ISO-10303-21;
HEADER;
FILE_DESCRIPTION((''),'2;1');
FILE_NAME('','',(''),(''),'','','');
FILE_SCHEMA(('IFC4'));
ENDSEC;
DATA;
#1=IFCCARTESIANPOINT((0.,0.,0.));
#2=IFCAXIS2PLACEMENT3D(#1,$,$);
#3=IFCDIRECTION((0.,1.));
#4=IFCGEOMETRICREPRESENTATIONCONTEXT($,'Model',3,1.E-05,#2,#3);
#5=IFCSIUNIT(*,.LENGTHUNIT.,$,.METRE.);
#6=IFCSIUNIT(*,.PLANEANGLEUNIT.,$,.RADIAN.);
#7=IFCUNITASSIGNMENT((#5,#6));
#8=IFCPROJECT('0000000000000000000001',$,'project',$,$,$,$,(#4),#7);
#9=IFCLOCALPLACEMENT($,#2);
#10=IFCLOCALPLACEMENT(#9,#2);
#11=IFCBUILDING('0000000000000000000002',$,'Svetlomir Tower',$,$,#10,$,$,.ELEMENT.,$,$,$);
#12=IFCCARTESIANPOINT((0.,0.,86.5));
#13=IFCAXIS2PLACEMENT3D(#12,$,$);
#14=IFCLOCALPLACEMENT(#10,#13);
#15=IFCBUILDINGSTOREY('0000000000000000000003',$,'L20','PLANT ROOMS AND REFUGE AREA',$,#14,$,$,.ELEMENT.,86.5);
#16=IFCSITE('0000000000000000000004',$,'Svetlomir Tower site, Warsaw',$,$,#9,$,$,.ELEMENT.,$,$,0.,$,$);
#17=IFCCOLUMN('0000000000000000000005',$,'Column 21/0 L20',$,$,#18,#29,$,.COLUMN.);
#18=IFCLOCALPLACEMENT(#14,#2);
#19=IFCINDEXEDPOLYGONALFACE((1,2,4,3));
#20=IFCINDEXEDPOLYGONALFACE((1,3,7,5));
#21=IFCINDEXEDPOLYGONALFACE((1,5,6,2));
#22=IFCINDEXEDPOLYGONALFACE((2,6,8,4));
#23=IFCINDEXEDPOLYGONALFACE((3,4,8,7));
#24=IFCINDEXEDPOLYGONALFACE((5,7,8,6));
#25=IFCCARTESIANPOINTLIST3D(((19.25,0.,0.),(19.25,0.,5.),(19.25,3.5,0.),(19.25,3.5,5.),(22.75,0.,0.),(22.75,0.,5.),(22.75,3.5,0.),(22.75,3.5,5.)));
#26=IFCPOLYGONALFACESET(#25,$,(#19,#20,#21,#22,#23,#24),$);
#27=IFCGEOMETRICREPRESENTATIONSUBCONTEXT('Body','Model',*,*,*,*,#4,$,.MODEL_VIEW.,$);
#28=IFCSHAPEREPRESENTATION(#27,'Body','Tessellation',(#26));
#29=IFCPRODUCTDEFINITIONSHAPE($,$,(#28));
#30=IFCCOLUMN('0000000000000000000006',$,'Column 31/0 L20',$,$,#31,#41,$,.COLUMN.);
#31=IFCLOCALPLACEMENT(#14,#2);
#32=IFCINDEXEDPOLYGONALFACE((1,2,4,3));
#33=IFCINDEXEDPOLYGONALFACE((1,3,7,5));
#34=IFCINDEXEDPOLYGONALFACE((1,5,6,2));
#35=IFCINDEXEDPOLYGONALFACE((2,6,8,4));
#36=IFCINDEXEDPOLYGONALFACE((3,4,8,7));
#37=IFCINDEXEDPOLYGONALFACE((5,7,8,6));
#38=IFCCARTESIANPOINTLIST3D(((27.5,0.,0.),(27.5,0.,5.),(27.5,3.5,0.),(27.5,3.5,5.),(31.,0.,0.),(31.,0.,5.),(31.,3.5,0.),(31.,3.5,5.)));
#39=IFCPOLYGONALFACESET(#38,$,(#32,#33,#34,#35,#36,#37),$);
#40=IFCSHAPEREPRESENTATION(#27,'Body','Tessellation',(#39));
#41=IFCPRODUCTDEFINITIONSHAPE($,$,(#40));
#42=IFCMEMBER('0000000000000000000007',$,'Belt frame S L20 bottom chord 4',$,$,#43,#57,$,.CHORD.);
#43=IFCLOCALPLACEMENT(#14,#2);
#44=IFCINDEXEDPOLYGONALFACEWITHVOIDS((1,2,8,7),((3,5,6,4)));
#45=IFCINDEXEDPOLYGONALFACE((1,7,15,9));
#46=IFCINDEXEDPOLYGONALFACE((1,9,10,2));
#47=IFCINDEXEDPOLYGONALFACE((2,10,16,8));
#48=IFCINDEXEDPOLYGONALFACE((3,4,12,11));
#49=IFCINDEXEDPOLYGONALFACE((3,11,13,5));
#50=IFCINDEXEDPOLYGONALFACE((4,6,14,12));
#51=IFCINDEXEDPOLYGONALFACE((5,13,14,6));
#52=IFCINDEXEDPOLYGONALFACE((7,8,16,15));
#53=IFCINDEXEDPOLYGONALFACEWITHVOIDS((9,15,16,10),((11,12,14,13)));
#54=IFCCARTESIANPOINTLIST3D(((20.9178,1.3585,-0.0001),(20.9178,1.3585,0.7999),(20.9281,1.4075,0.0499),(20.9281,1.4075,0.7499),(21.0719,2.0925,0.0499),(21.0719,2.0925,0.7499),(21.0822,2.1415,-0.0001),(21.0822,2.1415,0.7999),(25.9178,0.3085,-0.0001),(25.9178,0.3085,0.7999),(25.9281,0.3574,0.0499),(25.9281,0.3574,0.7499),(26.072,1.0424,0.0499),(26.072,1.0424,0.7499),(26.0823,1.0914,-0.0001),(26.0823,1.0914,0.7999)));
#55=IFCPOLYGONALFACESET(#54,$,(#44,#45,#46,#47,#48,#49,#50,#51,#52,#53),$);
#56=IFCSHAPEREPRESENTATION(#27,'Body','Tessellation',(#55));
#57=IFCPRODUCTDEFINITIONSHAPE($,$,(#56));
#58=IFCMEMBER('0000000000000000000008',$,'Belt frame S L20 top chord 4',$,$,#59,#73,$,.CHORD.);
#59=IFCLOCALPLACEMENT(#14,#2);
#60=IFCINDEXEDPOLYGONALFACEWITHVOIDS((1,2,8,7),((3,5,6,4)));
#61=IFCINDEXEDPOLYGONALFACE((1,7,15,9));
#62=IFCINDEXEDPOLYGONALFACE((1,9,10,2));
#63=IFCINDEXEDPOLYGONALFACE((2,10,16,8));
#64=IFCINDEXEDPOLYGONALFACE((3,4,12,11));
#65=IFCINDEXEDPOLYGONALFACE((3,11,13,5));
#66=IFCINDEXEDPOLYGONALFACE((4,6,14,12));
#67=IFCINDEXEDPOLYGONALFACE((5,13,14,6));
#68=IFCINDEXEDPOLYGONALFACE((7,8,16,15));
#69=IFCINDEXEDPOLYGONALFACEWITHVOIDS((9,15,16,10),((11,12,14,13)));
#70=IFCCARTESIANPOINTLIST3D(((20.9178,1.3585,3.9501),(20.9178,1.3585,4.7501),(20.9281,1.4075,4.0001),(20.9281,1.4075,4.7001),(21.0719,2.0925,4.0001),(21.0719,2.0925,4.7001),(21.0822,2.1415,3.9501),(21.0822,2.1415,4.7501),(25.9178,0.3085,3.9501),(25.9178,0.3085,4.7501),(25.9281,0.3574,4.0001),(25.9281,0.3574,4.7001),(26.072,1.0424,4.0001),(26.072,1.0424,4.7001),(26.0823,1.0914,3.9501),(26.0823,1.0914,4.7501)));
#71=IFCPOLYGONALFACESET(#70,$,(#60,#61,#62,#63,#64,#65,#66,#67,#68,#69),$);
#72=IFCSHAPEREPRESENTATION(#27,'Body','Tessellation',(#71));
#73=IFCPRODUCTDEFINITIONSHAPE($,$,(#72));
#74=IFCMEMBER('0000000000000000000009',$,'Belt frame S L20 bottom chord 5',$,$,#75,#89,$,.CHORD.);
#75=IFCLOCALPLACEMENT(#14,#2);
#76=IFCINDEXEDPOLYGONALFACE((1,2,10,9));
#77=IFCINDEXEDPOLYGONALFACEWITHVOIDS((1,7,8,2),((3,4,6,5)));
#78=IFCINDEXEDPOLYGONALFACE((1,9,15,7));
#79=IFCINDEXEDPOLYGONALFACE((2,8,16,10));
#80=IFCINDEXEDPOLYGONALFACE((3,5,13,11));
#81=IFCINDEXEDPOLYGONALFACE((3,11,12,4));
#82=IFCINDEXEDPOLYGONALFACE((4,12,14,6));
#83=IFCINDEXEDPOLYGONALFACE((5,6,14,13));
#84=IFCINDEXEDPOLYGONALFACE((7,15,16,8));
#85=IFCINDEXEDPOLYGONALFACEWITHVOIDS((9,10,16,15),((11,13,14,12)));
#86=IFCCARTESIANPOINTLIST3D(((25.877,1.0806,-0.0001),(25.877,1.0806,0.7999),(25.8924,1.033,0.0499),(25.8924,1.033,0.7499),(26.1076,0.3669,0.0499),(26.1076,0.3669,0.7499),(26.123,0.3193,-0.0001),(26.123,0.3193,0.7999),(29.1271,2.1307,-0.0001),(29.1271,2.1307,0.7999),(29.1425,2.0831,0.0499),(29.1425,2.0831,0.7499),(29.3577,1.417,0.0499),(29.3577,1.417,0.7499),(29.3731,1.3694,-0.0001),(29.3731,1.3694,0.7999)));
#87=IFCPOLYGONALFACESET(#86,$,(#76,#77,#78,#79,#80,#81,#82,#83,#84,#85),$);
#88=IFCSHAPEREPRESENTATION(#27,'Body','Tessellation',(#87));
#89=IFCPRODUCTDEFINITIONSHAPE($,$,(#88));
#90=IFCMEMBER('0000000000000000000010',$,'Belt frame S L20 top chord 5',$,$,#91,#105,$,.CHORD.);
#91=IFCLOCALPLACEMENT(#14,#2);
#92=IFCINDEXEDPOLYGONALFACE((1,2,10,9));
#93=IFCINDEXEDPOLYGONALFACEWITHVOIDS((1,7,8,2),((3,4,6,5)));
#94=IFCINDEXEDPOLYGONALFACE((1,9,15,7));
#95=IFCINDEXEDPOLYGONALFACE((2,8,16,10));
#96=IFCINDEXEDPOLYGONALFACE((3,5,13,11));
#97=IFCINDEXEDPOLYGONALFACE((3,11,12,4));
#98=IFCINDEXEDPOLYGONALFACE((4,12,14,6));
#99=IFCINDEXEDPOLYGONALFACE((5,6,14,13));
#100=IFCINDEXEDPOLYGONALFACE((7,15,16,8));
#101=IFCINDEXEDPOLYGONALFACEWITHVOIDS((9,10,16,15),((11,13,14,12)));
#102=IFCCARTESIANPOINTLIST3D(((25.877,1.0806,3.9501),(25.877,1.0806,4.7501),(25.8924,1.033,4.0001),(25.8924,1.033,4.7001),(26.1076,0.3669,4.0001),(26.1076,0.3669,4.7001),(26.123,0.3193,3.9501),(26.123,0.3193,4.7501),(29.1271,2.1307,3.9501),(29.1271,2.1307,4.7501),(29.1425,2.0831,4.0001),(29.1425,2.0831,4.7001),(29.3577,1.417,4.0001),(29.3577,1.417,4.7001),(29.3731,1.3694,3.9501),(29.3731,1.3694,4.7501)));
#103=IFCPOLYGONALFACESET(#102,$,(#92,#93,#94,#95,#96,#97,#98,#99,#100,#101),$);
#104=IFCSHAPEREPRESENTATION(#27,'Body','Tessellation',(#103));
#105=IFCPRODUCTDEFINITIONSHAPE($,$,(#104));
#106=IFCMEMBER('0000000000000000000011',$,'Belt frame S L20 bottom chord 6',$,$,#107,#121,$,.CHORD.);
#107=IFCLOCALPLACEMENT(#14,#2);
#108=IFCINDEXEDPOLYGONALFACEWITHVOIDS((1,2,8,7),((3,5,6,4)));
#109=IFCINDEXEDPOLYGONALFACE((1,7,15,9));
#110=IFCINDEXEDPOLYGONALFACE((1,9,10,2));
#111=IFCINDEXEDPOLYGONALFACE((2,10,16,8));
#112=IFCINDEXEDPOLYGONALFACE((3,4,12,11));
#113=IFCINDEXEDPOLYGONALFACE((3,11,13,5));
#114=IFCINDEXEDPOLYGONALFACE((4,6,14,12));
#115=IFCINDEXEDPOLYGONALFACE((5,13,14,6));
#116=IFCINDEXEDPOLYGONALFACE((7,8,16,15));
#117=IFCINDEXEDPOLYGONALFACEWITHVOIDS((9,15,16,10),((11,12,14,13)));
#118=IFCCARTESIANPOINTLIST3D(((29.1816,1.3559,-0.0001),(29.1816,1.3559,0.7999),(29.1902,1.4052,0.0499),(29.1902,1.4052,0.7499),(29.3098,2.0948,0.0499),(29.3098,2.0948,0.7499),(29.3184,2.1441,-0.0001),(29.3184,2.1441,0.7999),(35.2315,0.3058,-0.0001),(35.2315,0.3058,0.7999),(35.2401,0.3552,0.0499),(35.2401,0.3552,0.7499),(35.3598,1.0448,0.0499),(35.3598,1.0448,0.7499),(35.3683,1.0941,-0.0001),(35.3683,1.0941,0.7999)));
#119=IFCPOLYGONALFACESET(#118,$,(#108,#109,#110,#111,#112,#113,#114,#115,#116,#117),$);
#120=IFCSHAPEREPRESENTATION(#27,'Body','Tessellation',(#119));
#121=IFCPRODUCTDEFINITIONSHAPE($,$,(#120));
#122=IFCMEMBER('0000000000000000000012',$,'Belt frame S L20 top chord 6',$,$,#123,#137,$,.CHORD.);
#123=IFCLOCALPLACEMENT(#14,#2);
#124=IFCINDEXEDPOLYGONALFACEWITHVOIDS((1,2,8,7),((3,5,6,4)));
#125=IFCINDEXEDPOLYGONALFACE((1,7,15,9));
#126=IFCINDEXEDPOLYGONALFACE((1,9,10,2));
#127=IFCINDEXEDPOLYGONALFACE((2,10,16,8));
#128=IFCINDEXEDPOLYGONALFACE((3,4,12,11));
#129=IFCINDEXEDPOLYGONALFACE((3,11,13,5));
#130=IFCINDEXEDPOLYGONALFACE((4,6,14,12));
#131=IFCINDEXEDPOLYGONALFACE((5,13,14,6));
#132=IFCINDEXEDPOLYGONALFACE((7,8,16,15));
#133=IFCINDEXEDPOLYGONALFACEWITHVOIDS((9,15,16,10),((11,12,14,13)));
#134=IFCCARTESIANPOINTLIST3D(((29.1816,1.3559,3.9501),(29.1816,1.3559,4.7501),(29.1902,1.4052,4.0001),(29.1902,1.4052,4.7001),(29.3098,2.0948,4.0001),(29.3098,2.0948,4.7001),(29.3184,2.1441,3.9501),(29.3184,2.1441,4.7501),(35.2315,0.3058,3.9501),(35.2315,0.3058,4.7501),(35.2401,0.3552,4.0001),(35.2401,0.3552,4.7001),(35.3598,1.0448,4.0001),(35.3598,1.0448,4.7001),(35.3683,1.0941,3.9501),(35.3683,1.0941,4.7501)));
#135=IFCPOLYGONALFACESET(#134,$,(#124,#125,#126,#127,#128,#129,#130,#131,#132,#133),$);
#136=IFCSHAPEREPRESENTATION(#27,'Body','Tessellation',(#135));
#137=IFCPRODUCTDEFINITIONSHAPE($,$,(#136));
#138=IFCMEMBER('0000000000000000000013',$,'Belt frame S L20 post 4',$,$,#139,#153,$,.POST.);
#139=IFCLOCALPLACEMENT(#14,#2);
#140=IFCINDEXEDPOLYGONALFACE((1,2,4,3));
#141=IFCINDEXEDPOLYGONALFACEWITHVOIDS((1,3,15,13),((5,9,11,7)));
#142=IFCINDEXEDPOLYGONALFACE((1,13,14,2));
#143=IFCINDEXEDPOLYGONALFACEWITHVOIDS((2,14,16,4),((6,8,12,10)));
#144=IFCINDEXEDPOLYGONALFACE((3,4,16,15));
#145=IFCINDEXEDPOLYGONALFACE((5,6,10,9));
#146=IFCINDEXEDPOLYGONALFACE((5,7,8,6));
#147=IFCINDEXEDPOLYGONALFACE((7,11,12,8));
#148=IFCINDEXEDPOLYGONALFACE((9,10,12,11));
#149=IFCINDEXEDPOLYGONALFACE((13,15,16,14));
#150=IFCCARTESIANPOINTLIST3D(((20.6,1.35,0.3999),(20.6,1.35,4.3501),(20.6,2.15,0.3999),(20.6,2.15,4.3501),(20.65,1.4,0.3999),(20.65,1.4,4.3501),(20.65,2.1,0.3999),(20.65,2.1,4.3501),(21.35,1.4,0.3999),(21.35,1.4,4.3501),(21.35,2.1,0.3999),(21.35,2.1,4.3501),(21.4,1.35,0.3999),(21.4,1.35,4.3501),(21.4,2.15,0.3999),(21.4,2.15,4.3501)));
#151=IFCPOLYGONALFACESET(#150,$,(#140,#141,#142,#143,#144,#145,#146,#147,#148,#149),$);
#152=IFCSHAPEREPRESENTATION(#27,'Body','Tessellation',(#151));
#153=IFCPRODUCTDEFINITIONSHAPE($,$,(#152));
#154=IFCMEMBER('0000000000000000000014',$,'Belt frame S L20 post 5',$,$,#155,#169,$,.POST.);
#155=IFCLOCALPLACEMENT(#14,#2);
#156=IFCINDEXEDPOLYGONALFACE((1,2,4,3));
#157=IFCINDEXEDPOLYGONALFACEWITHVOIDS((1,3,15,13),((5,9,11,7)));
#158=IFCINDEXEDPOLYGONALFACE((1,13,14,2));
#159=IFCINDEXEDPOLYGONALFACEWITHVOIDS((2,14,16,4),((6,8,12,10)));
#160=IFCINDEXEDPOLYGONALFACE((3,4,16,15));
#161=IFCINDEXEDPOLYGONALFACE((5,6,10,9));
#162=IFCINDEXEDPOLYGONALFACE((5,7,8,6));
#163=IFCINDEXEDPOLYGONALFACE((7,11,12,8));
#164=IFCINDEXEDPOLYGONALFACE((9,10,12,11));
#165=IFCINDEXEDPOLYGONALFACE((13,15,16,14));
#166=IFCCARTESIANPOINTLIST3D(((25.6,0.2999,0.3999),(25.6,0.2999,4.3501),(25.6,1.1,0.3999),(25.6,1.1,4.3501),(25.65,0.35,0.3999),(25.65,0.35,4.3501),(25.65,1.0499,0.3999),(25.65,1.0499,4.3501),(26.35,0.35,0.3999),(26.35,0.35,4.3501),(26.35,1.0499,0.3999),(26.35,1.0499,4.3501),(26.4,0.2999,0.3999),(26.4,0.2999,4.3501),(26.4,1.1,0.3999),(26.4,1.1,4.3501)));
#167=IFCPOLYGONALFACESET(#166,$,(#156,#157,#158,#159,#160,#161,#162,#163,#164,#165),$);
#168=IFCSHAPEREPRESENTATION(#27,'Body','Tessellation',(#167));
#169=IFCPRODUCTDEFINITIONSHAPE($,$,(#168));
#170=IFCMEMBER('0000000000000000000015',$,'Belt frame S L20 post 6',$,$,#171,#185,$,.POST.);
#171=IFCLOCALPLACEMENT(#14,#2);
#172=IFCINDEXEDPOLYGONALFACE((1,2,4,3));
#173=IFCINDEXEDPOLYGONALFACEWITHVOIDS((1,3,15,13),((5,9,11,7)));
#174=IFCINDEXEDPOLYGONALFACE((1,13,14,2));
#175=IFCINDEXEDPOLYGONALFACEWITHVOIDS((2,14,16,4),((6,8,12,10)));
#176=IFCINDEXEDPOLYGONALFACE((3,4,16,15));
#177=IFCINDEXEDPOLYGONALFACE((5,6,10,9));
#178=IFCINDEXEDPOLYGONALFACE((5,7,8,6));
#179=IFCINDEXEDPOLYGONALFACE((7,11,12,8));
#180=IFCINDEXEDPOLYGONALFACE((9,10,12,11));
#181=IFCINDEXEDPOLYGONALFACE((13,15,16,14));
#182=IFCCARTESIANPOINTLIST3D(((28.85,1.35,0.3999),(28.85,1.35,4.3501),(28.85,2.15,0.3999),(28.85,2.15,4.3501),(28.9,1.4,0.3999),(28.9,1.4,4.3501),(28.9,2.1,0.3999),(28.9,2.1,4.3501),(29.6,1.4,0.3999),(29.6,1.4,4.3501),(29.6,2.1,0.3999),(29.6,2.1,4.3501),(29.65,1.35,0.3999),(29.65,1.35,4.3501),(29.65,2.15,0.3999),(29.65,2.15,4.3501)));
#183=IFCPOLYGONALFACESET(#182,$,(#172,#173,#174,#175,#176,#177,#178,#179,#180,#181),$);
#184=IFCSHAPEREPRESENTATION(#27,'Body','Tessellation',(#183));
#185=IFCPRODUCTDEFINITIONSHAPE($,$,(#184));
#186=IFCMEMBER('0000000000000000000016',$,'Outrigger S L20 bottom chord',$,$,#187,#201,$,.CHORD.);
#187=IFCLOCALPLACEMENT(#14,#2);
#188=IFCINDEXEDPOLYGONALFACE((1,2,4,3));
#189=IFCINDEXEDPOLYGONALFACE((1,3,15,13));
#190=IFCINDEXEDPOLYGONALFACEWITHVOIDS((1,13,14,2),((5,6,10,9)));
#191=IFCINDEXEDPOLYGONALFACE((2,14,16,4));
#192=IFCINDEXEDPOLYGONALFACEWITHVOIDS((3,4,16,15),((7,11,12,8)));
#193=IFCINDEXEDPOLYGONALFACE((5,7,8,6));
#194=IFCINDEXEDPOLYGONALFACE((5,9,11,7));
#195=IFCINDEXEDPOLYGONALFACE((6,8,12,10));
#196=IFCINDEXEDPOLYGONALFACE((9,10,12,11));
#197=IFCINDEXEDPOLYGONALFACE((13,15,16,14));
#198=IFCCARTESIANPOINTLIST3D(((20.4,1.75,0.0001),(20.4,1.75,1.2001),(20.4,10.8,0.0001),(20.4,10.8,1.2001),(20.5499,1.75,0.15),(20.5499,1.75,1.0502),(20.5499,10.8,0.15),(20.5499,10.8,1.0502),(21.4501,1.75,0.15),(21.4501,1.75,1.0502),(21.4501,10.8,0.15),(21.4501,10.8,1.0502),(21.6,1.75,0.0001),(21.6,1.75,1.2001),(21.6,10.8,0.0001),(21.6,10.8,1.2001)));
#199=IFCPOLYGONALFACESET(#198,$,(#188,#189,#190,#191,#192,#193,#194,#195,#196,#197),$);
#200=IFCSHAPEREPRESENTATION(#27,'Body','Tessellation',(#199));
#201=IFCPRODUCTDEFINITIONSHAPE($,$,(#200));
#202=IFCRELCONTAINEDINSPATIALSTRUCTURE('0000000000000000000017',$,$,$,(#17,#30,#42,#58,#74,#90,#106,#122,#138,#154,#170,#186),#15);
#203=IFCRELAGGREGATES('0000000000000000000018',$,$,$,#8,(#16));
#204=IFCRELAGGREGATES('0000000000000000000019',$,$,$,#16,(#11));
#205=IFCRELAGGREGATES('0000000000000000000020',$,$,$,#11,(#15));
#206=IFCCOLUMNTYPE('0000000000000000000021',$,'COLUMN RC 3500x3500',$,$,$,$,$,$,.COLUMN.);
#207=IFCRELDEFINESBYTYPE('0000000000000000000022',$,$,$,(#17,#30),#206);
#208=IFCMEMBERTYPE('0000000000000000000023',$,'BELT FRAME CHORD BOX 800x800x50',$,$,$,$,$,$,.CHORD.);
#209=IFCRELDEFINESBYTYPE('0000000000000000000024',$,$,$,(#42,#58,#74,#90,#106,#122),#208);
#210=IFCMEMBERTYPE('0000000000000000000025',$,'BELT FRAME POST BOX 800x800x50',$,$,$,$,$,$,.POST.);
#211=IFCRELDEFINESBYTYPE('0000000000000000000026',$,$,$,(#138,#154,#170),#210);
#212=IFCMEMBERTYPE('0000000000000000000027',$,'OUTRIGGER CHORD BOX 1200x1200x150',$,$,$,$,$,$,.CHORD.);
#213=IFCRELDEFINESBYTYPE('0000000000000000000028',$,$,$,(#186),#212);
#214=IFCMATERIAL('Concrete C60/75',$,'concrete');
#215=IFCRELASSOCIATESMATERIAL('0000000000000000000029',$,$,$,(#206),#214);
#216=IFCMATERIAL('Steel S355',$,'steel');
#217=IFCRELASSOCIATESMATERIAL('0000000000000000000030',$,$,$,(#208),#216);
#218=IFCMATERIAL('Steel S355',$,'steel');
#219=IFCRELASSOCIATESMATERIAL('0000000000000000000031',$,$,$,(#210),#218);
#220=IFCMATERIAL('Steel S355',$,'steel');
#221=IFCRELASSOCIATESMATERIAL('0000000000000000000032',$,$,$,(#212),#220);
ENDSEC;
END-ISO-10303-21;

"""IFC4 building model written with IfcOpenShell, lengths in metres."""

from ifc_helpers import new_model, si_unit, direction, frame, origin, origin_2d, place, context, subcontext, project, spatial, rectangle, hollow_rectangle, extrude, material, material_profile, profile_set, type_object, element, save


model = new_model("IFC4")

# Units and contexts
model_context = context("Model", 3, precision=1e-05, world=origin(), true_north=direction((0.0, 1.0)))
body_context = subcontext(model_context, "Body", "Model", "MODEL_VIEW")
ifc_project = project(units=[si_unit("LENGTHUNIT", "METRE"), si_unit("PLANEANGLEUNIT", "RADIAN")], contexts=[model_context])

# Site, building, storey
site_placement = place(None, origin())
site = spatial("IfcSite", under=ifc_project, at=site_placement, Name="Svetlomir Tower site, Warsaw", CompositionType="ELEMENT", RefElevation=0.0)
building_placement = place(site_placement, origin())
building = spatial("IfcBuilding", under=site, at=building_placement, Name="Svetlomir Tower", CompositionType="ELEMENT")
storey_placement = place(building_placement, frame((0.0, 0.0, 86.5)))
storey = spatial("IfcBuildingStorey", under=building, at=storey_placement, Name="L20", Description="PLANT ROOMS AND REFUGE AREA", CompositionType="ELEMENT", Elevation=86.5)

# Columns
ifc_material_1 = material(Name="Concrete C60/75", Category="concrete")
ifc_material_profile_1 = material_profile(ifc_material_1, rectangle(XDim=3.5, YDim=3.5, at=origin_2d()), Name="RC 3500x3500")
ifc_profile_set_1 = profile_set([ifc_material_profile_1], Name="Concrete C60/75")
column_type = type_object("IfcColumnType", Name="COLUMN RC 3500x3500", PredefinedType="COLUMN", material=ifc_profile_set_1)
for number, where, z_axis, x_axis, name in (
    (1, (21.0, 1.75, 0.0), (0.0, 0.0, 1.0), (1.0, 0.0, 0.0), "Column 21/0 L20"),
    (2, (29.25, 1.75, 0.0), (0.0, 0.0, 1.0), (1.0, 0.0, 0.0), "Column 31/0 L20"),
):
    element("IfcColumn", number, at=place(storey_placement, frame(where, z_axis=z_axis, x_axis=x_axis)), inside=storey, type_object=column_type, Name=name, PredefinedType="COLUMN", context=body_context, shape_type="SweptSolid", body=[
        extrude(rectangle(XDim=3.5, YDim=3.5, at=origin_2d()), origin(), (0.0, 0.0, 1.0), 5.0),
    ])

# Members
ifc_material_2 = material(Name="Steel S355", Category="steel")
ifc_material_profile_2 = material_profile(ifc_material_2, hollow_rectangle(XDim=0.8, YDim=0.8, WallThickness=0.05, at=origin_2d()), Name="BOX 800x800x50")
ifc_profile_set_2 = profile_set([ifc_material_profile_2], Name="Steel S355")
member_type_1 = type_object("IfcMemberType", Name="BELT FRAME CHORD BOX 800x800x50", PredefinedType="CHORD", material=ifc_profile_set_2)
for number, where, z_axis, x_axis, name in (
    (3, (21.0, 1.75, 0.3999), (0.978652, -0.205526, 0.0), (0.205526, 0.978652, 0.0), "Belt frame S L20 bottom chord 4"),
    (4, (21.0, 1.75, 4.3501), (0.978652, -0.205526, 0.0), (0.205526, 0.978652, 0.0), "Belt frame S L20 top chord 4"),
):
    element("IfcMember", number, at=place(storey_placement, frame(where, z_axis=z_axis, x_axis=x_axis)), inside=storey, type_object=member_type_1, Name=name, PredefinedType="CHORD", context=body_context, shape_type="SweptSolid", body=[
        extrude(hollow_rectangle(XDim=0.8, YDim=0.8, WallThickness=0.05, at=origin_2d()), origin(), (0.0, 0.0, 1.0), 5.1091),
    ])
for number, where, z_axis, x_axis, name in (
    (5, (26.0, 0.7, 0.3999), (0.951566, 0.307443, 0.0), (-0.307443, 0.951566, 0.0), "Belt frame S L20 bottom chord 5"),
    (6, (26.0, 0.7, 4.3501), (0.951566, 0.307443, 0.0), (-0.307443, 0.951566, 0.0), "Belt frame S L20 top chord 5"),
):
    element("IfcMember", number, at=place(storey_placement, frame(where, z_axis=z_axis, x_axis=x_axis)), inside=storey, type_object=member_type_1, Name=name, PredefinedType="CHORD", context=body_context, shape_type="SweptSolid", body=[
        extrude(hollow_rectangle(XDim=0.8, YDim=0.8, WallThickness=0.05, at=origin_2d()), origin(), (0.0, 0.0, 1.0), 3.4155),
    ])
for number, where, z_axis, x_axis, name in (
    (7, (29.25, 1.75, 0.3999), (0.98527, -0.171004, 0.0), (0.171004, 0.98527, 0.0), "Belt frame S L20 bottom chord 6"),
    (8, (29.25, 1.75, 4.3501), (0.98527, -0.171004, 0.0), (0.171004, 0.98527, 0.0), "Belt frame S L20 top chord 6"),
):
    element("IfcMember", number, at=place(storey_placement, frame(where, z_axis=z_axis, x_axis=x_axis)), inside=storey, type_object=member_type_1, Name=name, PredefinedType="CHORD", context=body_context, shape_type="SweptSolid", body=[
        extrude(hollow_rectangle(XDim=0.8, YDim=0.8, WallThickness=0.05, at=origin_2d()), origin(), (0.0, 0.0, 1.0), 6.1404),
    ])
ifc_material_3 = material(Name="Steel S355", Category="steel")
ifc_material_profile_3 = material_profile(ifc_material_3, hollow_rectangle(XDim=0.8, YDim=0.8, WallThickness=0.05, at=origin_2d()), Name="BOX 800x800x50")
ifc_profile_set_3 = profile_set([ifc_material_profile_3], Name="Steel S355")
member_type_2 = type_object("IfcMemberType", Name="BELT FRAME POST BOX 800x800x50", PredefinedType="POST", material=ifc_profile_set_3)
for number, where, z_axis, x_axis, name in (
    (9, (21.0, 1.75, 0.3999), (0.0, 0.0, 1.0), (1.0, 0.0, 0.0), "Belt frame S L20 post 4"),
    (10, (26.0, 0.7, 0.3999), (0.0, 0.0, 1.0), (1.0, 0.0, 0.0), "Belt frame S L20 post 5"),
    (11, (29.25, 1.75, 0.3999), (0.0, 0.0, 1.0), (1.0, 0.0, 0.0), "Belt frame S L20 post 6"),
):
    element("IfcMember", number, at=place(storey_placement, frame(where, z_axis=z_axis, x_axis=x_axis)), inside=storey, type_object=member_type_2, Name=name, PredefinedType="POST", context=body_context, shape_type="SweptSolid", body=[
        extrude(hollow_rectangle(XDim=0.8, YDim=0.8, WallThickness=0.05, at=origin_2d()), origin(), (0.0, 0.0, 1.0), 3.9502),
    ])
ifc_material_4 = material(Name="Steel S355", Category="steel")
ifc_material_profile_4 = material_profile(ifc_material_4, hollow_rectangle(XDim=1.2, YDim=1.2, WallThickness=0.1499, at=origin_2d()), Name="BOX 1200x1200x150")
ifc_profile_set_4 = profile_set([ifc_material_profile_4], Name="Steel S355")
member_type_3 = type_object("IfcMemberType", Name="OUTRIGGER CHORD BOX 1200x1200x150", PredefinedType="CHORD", material=ifc_profile_set_4)
member_1_placement = place(storey_placement, frame((21.0, 10.8, 0.6001), z_axis=(0.0, -1.0, 0.0), x_axis=(1.0, 0.0, 0.0)))
element("IfcMember", 12, at=member_1_placement, inside=storey, type_object=member_type_3, Name="Outrigger S L20 bottom chord", PredefinedType="CHORD", context=body_context, shape_type="SweptSolid", body=[
    extrude(hollow_rectangle(XDim=1.2, YDim=1.2, WallThickness=0.1499, at=origin_2d()), origin(), (0.0, 0.0, 1.0), 9.05),
])

save(model, "model.ifc")
